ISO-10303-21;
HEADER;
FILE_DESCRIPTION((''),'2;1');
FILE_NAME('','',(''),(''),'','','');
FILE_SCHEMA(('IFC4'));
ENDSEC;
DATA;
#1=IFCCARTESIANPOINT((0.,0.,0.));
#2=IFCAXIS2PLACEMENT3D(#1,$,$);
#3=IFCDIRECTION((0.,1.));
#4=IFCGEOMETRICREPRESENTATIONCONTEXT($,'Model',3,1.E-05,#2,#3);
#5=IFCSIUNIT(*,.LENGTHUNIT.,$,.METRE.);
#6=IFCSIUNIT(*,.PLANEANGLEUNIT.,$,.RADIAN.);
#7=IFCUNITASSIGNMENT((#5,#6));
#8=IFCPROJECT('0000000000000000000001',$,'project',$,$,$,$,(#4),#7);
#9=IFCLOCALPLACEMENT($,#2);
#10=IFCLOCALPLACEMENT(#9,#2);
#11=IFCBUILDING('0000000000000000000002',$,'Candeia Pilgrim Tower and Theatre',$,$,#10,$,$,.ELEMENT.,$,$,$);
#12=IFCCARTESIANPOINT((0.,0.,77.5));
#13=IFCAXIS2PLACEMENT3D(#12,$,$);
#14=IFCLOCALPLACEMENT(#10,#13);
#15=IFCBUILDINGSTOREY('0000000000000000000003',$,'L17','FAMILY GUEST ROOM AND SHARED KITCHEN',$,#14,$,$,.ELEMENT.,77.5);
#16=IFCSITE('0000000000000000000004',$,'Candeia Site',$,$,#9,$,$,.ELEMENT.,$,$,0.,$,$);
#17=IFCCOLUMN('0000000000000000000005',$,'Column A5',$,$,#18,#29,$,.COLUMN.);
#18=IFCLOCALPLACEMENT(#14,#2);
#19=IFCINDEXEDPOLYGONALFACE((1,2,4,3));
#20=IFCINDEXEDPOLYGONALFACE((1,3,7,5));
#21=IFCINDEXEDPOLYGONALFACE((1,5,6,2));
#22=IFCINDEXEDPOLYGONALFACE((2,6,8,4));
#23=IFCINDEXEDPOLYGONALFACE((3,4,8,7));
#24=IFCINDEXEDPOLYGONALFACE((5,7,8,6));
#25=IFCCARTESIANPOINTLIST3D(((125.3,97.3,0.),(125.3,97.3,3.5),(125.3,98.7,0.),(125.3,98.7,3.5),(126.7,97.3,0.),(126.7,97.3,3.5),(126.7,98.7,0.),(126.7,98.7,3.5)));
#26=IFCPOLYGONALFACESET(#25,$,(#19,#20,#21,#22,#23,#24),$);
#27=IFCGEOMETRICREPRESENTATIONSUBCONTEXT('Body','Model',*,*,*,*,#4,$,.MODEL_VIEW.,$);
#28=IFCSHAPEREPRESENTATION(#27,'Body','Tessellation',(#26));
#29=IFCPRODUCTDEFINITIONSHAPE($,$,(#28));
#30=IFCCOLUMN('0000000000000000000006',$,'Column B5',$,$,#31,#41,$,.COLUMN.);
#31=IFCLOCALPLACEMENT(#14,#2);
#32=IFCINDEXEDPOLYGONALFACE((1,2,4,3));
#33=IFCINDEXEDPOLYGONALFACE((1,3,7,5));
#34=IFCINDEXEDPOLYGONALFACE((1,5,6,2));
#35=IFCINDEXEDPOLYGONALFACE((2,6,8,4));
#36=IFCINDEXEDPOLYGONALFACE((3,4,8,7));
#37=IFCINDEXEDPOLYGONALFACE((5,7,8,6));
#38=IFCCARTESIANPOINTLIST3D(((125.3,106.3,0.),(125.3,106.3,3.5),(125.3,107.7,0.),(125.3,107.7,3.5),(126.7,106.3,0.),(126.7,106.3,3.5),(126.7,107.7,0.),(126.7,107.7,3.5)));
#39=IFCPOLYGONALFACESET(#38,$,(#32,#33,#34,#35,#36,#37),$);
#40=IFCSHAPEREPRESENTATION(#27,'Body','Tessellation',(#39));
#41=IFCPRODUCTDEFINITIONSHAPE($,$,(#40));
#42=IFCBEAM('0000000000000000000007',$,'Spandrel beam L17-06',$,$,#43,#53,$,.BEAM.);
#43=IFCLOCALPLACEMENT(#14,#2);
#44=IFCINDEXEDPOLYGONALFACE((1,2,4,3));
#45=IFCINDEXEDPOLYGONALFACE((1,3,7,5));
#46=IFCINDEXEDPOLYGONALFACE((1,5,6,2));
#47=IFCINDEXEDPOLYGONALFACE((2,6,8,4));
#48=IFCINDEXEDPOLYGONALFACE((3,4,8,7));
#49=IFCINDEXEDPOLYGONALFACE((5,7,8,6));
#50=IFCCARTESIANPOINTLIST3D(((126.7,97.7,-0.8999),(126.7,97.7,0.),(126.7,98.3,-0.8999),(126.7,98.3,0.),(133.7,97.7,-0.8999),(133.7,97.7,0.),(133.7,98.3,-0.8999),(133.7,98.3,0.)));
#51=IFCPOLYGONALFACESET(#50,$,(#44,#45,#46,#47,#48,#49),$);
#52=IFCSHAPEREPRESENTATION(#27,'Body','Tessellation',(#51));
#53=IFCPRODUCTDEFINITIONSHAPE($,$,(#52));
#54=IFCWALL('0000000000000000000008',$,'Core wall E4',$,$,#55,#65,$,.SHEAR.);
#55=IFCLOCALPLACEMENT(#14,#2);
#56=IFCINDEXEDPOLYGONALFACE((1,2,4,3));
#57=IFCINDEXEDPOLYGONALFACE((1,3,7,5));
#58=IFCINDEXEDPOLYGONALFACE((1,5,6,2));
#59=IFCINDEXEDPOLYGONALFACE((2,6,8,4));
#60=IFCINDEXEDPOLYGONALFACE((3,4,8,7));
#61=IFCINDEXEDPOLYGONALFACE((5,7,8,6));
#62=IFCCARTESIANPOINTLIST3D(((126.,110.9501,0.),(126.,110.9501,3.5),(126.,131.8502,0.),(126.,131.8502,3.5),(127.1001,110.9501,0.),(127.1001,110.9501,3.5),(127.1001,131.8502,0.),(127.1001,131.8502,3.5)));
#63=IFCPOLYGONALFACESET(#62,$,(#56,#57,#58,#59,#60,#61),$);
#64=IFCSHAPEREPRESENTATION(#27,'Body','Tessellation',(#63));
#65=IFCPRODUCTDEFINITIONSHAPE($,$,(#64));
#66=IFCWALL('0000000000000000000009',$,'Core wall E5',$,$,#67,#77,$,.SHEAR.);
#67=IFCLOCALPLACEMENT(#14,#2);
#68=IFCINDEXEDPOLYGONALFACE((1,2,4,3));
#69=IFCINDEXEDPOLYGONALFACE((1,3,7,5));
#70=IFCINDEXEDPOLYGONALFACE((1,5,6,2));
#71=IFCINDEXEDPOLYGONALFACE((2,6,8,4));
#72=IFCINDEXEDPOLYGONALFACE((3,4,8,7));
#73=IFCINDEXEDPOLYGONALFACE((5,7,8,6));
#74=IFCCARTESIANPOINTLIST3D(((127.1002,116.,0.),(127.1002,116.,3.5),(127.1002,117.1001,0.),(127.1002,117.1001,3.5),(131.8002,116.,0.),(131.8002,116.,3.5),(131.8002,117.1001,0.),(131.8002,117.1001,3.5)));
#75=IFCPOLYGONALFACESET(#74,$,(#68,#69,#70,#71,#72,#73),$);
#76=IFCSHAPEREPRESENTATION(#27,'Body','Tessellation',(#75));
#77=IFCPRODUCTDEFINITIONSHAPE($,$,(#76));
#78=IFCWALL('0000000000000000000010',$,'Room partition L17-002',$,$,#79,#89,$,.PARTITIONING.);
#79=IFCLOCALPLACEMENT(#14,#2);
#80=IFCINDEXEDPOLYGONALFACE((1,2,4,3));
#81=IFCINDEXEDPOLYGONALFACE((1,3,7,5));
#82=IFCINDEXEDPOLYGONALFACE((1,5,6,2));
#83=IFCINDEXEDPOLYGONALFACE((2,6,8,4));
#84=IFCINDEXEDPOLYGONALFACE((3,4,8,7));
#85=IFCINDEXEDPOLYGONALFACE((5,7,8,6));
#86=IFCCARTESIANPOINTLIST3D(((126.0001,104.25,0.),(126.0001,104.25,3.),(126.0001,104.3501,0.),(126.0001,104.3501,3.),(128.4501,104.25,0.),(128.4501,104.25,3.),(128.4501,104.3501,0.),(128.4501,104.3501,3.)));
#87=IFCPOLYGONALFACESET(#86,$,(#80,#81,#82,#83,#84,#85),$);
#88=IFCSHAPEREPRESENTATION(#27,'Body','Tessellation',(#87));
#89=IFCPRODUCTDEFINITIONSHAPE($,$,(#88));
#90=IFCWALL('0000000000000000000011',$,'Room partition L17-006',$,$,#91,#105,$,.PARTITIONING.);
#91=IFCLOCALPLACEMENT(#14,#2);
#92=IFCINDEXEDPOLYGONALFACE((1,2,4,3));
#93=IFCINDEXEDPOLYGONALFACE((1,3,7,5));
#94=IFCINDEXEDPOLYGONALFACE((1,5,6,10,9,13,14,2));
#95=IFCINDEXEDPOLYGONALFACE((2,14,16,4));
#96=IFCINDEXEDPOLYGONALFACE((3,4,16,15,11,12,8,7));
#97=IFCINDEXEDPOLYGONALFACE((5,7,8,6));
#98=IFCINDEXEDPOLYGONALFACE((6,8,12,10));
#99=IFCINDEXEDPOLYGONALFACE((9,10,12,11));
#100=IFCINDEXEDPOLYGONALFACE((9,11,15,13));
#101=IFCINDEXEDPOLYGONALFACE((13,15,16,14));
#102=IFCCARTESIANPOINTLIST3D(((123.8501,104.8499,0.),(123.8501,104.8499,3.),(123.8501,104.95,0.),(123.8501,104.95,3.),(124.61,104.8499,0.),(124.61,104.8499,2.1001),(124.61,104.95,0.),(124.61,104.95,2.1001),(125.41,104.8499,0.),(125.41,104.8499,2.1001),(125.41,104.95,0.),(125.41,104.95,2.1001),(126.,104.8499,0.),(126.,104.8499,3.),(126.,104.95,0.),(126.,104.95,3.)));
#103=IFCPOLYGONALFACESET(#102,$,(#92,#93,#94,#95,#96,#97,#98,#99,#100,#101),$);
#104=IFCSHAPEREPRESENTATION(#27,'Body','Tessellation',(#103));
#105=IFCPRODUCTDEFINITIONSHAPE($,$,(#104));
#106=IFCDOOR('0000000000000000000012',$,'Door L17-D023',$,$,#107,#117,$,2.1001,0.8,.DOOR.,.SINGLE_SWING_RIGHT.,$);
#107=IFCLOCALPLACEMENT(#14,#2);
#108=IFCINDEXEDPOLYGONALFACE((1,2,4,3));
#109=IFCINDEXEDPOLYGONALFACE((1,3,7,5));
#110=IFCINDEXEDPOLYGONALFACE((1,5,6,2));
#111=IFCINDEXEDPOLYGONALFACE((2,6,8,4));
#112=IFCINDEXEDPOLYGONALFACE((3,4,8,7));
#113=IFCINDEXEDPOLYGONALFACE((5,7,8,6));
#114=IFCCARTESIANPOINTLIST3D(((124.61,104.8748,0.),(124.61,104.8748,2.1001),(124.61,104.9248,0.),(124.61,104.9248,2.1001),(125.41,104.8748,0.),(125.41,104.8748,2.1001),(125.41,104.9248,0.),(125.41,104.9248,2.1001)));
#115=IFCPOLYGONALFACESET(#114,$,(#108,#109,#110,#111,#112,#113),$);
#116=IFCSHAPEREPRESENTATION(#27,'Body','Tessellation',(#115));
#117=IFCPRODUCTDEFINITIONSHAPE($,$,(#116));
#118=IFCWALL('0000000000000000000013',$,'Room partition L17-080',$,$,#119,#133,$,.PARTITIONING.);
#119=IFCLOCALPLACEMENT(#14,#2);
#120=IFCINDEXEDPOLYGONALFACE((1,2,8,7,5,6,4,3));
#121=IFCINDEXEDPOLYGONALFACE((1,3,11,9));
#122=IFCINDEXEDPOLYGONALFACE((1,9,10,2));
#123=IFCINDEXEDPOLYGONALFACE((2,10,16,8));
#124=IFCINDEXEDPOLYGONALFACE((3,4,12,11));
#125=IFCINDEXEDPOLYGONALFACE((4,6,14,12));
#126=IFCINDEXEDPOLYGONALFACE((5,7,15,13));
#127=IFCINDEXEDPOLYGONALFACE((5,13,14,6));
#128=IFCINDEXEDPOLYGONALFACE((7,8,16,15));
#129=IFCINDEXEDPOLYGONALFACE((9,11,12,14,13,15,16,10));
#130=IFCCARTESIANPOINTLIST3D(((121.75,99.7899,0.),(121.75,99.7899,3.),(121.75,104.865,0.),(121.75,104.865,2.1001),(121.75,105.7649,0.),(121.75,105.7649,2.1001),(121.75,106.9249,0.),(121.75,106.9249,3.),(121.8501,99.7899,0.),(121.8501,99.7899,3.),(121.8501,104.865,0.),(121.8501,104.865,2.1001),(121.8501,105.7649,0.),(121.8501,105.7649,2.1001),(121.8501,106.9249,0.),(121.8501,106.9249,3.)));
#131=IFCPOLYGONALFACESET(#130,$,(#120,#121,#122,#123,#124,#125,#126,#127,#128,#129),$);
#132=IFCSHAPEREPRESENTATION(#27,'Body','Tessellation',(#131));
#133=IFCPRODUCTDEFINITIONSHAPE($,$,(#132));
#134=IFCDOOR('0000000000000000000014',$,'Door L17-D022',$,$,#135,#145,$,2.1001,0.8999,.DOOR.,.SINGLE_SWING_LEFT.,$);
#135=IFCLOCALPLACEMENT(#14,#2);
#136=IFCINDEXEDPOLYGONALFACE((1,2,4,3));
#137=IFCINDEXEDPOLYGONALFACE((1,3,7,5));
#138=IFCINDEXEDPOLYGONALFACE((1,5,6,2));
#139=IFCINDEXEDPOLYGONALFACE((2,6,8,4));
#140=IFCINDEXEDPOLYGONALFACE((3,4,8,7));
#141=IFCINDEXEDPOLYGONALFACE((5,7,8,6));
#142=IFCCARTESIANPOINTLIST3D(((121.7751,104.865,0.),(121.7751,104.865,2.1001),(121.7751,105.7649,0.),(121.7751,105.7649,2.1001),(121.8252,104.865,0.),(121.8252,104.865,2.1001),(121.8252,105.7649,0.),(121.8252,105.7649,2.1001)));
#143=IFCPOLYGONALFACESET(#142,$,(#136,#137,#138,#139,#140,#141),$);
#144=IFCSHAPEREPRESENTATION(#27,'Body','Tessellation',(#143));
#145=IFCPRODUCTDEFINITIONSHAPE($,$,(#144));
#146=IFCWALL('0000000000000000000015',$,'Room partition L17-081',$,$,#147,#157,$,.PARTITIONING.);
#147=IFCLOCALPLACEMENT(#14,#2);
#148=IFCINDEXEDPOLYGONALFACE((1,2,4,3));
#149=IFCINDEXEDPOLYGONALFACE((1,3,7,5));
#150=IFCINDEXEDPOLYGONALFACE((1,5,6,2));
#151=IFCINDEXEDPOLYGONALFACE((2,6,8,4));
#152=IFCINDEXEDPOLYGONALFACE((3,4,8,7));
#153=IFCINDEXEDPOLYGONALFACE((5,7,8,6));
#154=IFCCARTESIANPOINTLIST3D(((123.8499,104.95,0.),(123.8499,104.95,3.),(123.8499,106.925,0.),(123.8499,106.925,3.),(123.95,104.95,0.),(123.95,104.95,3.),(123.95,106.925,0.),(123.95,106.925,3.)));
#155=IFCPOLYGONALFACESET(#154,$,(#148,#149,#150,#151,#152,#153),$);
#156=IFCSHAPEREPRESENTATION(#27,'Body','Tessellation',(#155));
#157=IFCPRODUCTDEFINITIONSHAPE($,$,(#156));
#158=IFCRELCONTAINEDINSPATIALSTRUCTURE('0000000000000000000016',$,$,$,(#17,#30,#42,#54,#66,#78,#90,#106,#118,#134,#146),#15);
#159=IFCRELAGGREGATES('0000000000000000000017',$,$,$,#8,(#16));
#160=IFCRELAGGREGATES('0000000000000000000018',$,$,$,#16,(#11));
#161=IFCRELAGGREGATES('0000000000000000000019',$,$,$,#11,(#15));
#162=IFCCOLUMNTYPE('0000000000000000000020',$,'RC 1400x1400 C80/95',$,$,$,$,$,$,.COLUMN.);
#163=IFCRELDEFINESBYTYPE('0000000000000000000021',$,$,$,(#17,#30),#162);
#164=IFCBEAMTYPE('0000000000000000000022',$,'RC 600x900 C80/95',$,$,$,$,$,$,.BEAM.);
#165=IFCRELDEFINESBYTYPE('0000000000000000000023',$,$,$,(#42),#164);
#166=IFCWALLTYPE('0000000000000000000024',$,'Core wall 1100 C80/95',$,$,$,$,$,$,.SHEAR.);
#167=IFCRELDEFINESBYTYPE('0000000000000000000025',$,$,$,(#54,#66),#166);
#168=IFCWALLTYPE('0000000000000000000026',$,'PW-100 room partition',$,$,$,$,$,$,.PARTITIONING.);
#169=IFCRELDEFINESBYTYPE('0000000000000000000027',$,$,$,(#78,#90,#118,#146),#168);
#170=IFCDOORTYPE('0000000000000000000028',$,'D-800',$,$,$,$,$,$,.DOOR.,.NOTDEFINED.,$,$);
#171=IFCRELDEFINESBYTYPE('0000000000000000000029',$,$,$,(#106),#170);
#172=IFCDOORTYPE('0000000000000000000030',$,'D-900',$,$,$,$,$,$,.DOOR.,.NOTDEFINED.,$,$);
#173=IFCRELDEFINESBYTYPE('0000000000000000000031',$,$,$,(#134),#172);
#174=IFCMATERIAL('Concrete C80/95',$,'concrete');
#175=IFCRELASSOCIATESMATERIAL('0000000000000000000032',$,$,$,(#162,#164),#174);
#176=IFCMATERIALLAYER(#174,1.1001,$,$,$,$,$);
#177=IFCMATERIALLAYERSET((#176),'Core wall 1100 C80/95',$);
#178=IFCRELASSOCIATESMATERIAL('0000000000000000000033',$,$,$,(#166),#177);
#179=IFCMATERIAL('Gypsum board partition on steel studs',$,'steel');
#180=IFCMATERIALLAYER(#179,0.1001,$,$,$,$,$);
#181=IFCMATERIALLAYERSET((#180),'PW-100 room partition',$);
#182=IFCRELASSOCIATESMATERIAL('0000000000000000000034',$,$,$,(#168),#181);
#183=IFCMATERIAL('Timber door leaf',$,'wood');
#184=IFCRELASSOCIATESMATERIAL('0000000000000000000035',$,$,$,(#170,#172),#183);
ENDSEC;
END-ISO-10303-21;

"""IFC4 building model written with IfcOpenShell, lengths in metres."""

from ifc_helpers import new_model, si_unit, direction, frame, frame_2d, origin, origin_2d, place, context, subcontext, project, spatial, rectangle, extrude, material, layer, layer_set, material_profile, profile_set, type_object, element, fill, save


model = new_model("IFC4")

# Units and contexts
model_context = context("Model", 3, precision=1e-05, world=origin(), true_north=direction((0.0, 1.0)))
body_context = subcontext(model_context, "Body", "Model", "MODEL_VIEW")
ifc_project = project(units=[si_unit("LENGTHUNIT", "METRE"), si_unit("PLANEANGLEUNIT", "RADIAN")], contexts=[model_context])

# Site, building, storey
site_placement = place(None, origin())
site = spatial("IfcSite", under=ifc_project, at=site_placement, Name="Candeia Site", CompositionType="ELEMENT", RefElevation=0.0)
building_placement = place(site_placement, origin())
building = spatial("IfcBuilding", under=site, at=building_placement, Name="Candeia Pilgrim Tower and Theatre", CompositionType="ELEMENT")
storey_placement = place(building_placement, frame((0.0, 0.0, 77.5)))
storey = spatial("IfcBuildingStorey", under=building, at=storey_placement, Name="L17", Description="FAMILY GUEST ROOM AND SHARED KITCHEN", CompositionType="ELEMENT", Elevation=77.5)

# Columns
ifc_material_1 = material(Name="Concrete C80/95", Category="concrete")
ifc_material_profile_1 = material_profile(ifc_material_1, rectangle(XDim=1.3999, YDim=1.3999, at=origin_2d()))
ifc_profile_set_1 = profile_set([ifc_material_profile_1], Name="Concrete C80/95")
column_type = type_object("IfcColumnType", Name="RC 1400x1400 C80/95", PredefinedType="COLUMN", material=ifc_profile_set_1)
for number, where, z_axis, x_axis, name in (
    (1, (126.0, 98.0, 0.0), (0.0, 0.0, 1.0), (1.0, 0.0, 0.0), "Column A5"),
    (2, (126.0, 107.0, 0.0), (0.0, 0.0, 1.0), (1.0, 0.0, 0.0), "Column B5"),
):
    element("IfcColumn", number, at=place(storey_placement, frame(where, z_axis=z_axis, x_axis=x_axis)), inside=storey, type_object=column_type, Name=name, PredefinedType="COLUMN", context=body_context, shape_type="SweptSolid", body=[
        extrude(rectangle(XDim=1.3999, YDim=1.3999, at=origin_2d()), origin(), (0.0, 0.0, 1.0), 3.5),
    ])

# Beam
ifc_material_profile_2 = material_profile(ifc_material_1, rectangle(XDim=0.6001, YDim=0.8999, at=origin_2d()))
ifc_profile_set_2 = profile_set([ifc_material_profile_2], Name="Concrete C80/95")
beam_type = type_object("IfcBeamType", Name="RC 600x900 C80/95", PredefinedType="BEAM", material=ifc_profile_set_2)
beam_placement = place(storey_placement, frame((126.7, 98.0, -0.45), z_axis=(1.0, 0.0, 0.0), x_axis=(0.0, 1.0, 0.0)))
element("IfcBeam", 3, at=beam_placement, inside=storey, type_object=beam_type, Name="Spandrel beam L17-06", PredefinedType="BEAM", context=body_context, shape_type="SweptSolid", body=[
    extrude(rectangle(XDim=0.6001, YDim=0.8999, at=origin_2d()), origin(), (0.0, 0.0, 1.0), 7.0),
])

# Walls
ifc_layer_1 = layer(ifc_material_1, 1.1001)
ifc_layer_set_1 = layer_set([ifc_layer_1], Name="Core wall 1100 C80/95")
wall_type_1 = type_object("IfcWallType", Name="Core wall 1100 C80/95", PredefinedType="SHEAR", material=ifc_layer_set_1)
wall_1_placement = place(storey_placement, frame((126.55, 110.95, 0.0), z_axis=(0.0, 0.0, 1.0), x_axis=(0.0, 1.0, 0.0)))
element("IfcWall", 4, at=wall_1_placement, inside=storey, type_object=wall_type_1, Name="Core wall E4", PredefinedType="SHEAR", context=body_context, shape_type="SweptSolid", body=[
    extrude(rectangle(XDim=20.9001, YDim=1.1001, at=frame_2d((10.4502, 0.0))), origin(), (0.0, 0.0, 1.0), 3.5),
])
wall_2_placement = place(storey_placement, frame((127.1001, 116.55, 0.0), z_axis=(0.0, 0.0, 1.0), x_axis=(1.0, 0.0, 0.0)))
element("IfcWall", 5, at=wall_2_placement, inside=storey, type_object=wall_type_1, Name="Core wall E5", PredefinedType="SHEAR", context=body_context, shape_type="SweptSolid", body=[
    extrude(rectangle(XDim=4.7, YDim=1.1001, at=frame_2d((2.3501, 0.0))), origin(), (0.0, 0.0, 1.0), 3.5),
])
ifc_material_2 = material(Name="Gypsum board partition on steel studs", Category="steel")
ifc_layer_2 = layer(ifc_material_2, 0.1001)
ifc_layer_set_2 = layer_set([ifc_layer_2], Name="PW-100 room partition")
wall_type_2 = type_object("IfcWallType", Name="PW-100 room partition", PredefinedType="PARTITIONING", material=ifc_layer_set_2)
wall_3_placement = place(storey_placement, frame((126.0, 104.3, 0.0), z_axis=(0.0, 0.0, 1.0), x_axis=(1.0, 0.0, 0.0)))
element("IfcWall", 6, at=wall_3_placement, inside=storey, type_object=wall_type_2, Name="Room partition L17-002", PredefinedType="PARTITIONING", context=body_context, shape_type="SweptSolid", body=[
    extrude(rectangle(XDim=2.45, YDim=0.1001, at=frame_2d((1.2251, 0.0))), origin(), (0.0, 0.0, 1.0), 3.0),
])

# Walls, openings, doors
wall_4_placement = place(storey_placement, frame((123.8501, 104.8999, 0.0), z_axis=(0.0, 0.0, 1.0), x_axis=(1.0, 0.0, 0.0)))
wall_4 = element("IfcWall", 7, at=wall_4_placement, inside=storey, type_object=wall_type_2, Name="Room partition L17-006", PredefinedType="PARTITIONING", context=body_context, shape_type="SweptSolid", body=[
    extrude(rectangle(XDim=2.1499, YDim=0.1001, at=frame_2d((1.075, 0.0))), origin(), (0.0, 0.0, 1.0), 3.0),
])
opening_1_placement = place(wall_4_placement, frame((0.76, 0.0, 0.0)))
opening_1 = element("IfcOpeningElement", 8, at=opening_1_placement, cuts=wall_4, PredefinedType="OPENING", context=body_context, shape_type="SweptSolid", body=[
    extrude(rectangle(XDim=0.8, YDim=2.1001, at=frame_2d((0.3999, 1.05))), frame((0.0, 0.0601, 0.0), z_axis=(0.0, -1.0, 0.0), x_axis=(1.0, 0.0, 0.0)), (0.0, 0.0, 1.0), 0.1201),
])
ifc_material_3 = material(Name="Timber door leaf", Category="wood")
door_type_1 = type_object("IfcDoorType", Name="D-800", OperationType="NOTDEFINED", PredefinedType="DOOR", material=ifc_material_3)
door_1_placement = place(opening_1_placement, origin())
door_1 = element("IfcDoor", 9, at=door_1_placement, inside=storey, type_object=door_type_1, Name="Door L17-D023", OperationType="SINGLE_SWING_RIGHT", OverallHeight=2.1001, OverallWidth=0.8, PredefinedType="DOOR", context=body_context, shape_type="SweptSolid", body=[
    extrude(rectangle(XDim=0.8, YDim=2.1001, at=frame_2d((0.3999, 1.05))), frame((0.0, 0.0249, 0.0), z_axis=(0.0, -1.0, 0.0), x_axis=(1.0, 0.0, 0.0)), (0.0, 0.0, 1.0), 0.05),
])
fill(opening_1, door_1)
wall_5_placement = place(storey_placement, frame((121.8, 99.79, 0.0), z_axis=(0.0, 0.0, 1.0), x_axis=(0.0, 1.0, 0.0)))
wall_5 = element("IfcWall", 10, at=wall_5_placement, inside=storey, type_object=wall_type_2, Name="Room partition L17-080", PredefinedType="PARTITIONING", context=body_context, shape_type="SweptSolid", body=[
    extrude(rectangle(XDim=7.135, YDim=0.1001, at=frame_2d((3.5674, 0.0))), origin(), (0.0, 0.0, 1.0), 3.0),
])
opening_2_placement = place(wall_5_placement, frame((5.075, 0.0, 0.0)))
opening_2 = element("IfcOpeningElement", 11, at=opening_2_placement, cuts=wall_5, PredefinedType="OPENING", context=body_context, shape_type="SweptSolid", body=[
    extrude(rectangle(XDim=0.8999, YDim=2.1001, at=frame_2d((0.45, 1.05))), frame((0.0, 0.0601, 0.0), z_axis=(0.0, -1.0, 0.0), x_axis=(1.0, 0.0, 0.0)), (0.0, 0.0, 1.0), 0.1201),
])
door_type_2 = type_object("IfcDoorType", Name="D-900", OperationType="NOTDEFINED", PredefinedType="DOOR", material=ifc_material_3)
door_2_placement = place(opening_2_placement, origin())
door_2 = element("IfcDoor", 12, at=door_2_placement, inside=storey, type_object=door_type_2, Name="Door L17-D022", OperationType="SINGLE_SWING_LEFT", OverallHeight=2.1001, OverallWidth=0.8999, PredefinedType="DOOR", context=body_context, shape_type="SweptSolid", body=[
    extrude(rectangle(XDim=0.8999, YDim=2.1001, at=frame_2d((0.45, 1.05))), frame((0.0, 0.0249, 0.0), z_axis=(0.0, -1.0, 0.0), x_axis=(1.0, 0.0, 0.0)), (0.0, 0.0, 1.0), 0.05),
])
fill(opening_2, door_2)

# Wall
wall_6_placement = place(storey_placement, frame((123.8999, 104.95, 0.0), z_axis=(0.0, 0.0, 1.0), x_axis=(0.0, 1.0, 0.0)))
element("IfcWall", 13, at=wall_6_placement, inside=storey, type_object=wall_type_2, Name="Room partition L17-081", PredefinedType="PARTITIONING", context=body_context, shape_type="SweptSolid", body=[
    extrude(rectangle(XDim=1.9751, YDim=0.1001, at=frame_2d((0.9875, 0.0))), origin(), (0.0, 0.0, 1.0), 3.0),
])

save(model, "model.ifc")
